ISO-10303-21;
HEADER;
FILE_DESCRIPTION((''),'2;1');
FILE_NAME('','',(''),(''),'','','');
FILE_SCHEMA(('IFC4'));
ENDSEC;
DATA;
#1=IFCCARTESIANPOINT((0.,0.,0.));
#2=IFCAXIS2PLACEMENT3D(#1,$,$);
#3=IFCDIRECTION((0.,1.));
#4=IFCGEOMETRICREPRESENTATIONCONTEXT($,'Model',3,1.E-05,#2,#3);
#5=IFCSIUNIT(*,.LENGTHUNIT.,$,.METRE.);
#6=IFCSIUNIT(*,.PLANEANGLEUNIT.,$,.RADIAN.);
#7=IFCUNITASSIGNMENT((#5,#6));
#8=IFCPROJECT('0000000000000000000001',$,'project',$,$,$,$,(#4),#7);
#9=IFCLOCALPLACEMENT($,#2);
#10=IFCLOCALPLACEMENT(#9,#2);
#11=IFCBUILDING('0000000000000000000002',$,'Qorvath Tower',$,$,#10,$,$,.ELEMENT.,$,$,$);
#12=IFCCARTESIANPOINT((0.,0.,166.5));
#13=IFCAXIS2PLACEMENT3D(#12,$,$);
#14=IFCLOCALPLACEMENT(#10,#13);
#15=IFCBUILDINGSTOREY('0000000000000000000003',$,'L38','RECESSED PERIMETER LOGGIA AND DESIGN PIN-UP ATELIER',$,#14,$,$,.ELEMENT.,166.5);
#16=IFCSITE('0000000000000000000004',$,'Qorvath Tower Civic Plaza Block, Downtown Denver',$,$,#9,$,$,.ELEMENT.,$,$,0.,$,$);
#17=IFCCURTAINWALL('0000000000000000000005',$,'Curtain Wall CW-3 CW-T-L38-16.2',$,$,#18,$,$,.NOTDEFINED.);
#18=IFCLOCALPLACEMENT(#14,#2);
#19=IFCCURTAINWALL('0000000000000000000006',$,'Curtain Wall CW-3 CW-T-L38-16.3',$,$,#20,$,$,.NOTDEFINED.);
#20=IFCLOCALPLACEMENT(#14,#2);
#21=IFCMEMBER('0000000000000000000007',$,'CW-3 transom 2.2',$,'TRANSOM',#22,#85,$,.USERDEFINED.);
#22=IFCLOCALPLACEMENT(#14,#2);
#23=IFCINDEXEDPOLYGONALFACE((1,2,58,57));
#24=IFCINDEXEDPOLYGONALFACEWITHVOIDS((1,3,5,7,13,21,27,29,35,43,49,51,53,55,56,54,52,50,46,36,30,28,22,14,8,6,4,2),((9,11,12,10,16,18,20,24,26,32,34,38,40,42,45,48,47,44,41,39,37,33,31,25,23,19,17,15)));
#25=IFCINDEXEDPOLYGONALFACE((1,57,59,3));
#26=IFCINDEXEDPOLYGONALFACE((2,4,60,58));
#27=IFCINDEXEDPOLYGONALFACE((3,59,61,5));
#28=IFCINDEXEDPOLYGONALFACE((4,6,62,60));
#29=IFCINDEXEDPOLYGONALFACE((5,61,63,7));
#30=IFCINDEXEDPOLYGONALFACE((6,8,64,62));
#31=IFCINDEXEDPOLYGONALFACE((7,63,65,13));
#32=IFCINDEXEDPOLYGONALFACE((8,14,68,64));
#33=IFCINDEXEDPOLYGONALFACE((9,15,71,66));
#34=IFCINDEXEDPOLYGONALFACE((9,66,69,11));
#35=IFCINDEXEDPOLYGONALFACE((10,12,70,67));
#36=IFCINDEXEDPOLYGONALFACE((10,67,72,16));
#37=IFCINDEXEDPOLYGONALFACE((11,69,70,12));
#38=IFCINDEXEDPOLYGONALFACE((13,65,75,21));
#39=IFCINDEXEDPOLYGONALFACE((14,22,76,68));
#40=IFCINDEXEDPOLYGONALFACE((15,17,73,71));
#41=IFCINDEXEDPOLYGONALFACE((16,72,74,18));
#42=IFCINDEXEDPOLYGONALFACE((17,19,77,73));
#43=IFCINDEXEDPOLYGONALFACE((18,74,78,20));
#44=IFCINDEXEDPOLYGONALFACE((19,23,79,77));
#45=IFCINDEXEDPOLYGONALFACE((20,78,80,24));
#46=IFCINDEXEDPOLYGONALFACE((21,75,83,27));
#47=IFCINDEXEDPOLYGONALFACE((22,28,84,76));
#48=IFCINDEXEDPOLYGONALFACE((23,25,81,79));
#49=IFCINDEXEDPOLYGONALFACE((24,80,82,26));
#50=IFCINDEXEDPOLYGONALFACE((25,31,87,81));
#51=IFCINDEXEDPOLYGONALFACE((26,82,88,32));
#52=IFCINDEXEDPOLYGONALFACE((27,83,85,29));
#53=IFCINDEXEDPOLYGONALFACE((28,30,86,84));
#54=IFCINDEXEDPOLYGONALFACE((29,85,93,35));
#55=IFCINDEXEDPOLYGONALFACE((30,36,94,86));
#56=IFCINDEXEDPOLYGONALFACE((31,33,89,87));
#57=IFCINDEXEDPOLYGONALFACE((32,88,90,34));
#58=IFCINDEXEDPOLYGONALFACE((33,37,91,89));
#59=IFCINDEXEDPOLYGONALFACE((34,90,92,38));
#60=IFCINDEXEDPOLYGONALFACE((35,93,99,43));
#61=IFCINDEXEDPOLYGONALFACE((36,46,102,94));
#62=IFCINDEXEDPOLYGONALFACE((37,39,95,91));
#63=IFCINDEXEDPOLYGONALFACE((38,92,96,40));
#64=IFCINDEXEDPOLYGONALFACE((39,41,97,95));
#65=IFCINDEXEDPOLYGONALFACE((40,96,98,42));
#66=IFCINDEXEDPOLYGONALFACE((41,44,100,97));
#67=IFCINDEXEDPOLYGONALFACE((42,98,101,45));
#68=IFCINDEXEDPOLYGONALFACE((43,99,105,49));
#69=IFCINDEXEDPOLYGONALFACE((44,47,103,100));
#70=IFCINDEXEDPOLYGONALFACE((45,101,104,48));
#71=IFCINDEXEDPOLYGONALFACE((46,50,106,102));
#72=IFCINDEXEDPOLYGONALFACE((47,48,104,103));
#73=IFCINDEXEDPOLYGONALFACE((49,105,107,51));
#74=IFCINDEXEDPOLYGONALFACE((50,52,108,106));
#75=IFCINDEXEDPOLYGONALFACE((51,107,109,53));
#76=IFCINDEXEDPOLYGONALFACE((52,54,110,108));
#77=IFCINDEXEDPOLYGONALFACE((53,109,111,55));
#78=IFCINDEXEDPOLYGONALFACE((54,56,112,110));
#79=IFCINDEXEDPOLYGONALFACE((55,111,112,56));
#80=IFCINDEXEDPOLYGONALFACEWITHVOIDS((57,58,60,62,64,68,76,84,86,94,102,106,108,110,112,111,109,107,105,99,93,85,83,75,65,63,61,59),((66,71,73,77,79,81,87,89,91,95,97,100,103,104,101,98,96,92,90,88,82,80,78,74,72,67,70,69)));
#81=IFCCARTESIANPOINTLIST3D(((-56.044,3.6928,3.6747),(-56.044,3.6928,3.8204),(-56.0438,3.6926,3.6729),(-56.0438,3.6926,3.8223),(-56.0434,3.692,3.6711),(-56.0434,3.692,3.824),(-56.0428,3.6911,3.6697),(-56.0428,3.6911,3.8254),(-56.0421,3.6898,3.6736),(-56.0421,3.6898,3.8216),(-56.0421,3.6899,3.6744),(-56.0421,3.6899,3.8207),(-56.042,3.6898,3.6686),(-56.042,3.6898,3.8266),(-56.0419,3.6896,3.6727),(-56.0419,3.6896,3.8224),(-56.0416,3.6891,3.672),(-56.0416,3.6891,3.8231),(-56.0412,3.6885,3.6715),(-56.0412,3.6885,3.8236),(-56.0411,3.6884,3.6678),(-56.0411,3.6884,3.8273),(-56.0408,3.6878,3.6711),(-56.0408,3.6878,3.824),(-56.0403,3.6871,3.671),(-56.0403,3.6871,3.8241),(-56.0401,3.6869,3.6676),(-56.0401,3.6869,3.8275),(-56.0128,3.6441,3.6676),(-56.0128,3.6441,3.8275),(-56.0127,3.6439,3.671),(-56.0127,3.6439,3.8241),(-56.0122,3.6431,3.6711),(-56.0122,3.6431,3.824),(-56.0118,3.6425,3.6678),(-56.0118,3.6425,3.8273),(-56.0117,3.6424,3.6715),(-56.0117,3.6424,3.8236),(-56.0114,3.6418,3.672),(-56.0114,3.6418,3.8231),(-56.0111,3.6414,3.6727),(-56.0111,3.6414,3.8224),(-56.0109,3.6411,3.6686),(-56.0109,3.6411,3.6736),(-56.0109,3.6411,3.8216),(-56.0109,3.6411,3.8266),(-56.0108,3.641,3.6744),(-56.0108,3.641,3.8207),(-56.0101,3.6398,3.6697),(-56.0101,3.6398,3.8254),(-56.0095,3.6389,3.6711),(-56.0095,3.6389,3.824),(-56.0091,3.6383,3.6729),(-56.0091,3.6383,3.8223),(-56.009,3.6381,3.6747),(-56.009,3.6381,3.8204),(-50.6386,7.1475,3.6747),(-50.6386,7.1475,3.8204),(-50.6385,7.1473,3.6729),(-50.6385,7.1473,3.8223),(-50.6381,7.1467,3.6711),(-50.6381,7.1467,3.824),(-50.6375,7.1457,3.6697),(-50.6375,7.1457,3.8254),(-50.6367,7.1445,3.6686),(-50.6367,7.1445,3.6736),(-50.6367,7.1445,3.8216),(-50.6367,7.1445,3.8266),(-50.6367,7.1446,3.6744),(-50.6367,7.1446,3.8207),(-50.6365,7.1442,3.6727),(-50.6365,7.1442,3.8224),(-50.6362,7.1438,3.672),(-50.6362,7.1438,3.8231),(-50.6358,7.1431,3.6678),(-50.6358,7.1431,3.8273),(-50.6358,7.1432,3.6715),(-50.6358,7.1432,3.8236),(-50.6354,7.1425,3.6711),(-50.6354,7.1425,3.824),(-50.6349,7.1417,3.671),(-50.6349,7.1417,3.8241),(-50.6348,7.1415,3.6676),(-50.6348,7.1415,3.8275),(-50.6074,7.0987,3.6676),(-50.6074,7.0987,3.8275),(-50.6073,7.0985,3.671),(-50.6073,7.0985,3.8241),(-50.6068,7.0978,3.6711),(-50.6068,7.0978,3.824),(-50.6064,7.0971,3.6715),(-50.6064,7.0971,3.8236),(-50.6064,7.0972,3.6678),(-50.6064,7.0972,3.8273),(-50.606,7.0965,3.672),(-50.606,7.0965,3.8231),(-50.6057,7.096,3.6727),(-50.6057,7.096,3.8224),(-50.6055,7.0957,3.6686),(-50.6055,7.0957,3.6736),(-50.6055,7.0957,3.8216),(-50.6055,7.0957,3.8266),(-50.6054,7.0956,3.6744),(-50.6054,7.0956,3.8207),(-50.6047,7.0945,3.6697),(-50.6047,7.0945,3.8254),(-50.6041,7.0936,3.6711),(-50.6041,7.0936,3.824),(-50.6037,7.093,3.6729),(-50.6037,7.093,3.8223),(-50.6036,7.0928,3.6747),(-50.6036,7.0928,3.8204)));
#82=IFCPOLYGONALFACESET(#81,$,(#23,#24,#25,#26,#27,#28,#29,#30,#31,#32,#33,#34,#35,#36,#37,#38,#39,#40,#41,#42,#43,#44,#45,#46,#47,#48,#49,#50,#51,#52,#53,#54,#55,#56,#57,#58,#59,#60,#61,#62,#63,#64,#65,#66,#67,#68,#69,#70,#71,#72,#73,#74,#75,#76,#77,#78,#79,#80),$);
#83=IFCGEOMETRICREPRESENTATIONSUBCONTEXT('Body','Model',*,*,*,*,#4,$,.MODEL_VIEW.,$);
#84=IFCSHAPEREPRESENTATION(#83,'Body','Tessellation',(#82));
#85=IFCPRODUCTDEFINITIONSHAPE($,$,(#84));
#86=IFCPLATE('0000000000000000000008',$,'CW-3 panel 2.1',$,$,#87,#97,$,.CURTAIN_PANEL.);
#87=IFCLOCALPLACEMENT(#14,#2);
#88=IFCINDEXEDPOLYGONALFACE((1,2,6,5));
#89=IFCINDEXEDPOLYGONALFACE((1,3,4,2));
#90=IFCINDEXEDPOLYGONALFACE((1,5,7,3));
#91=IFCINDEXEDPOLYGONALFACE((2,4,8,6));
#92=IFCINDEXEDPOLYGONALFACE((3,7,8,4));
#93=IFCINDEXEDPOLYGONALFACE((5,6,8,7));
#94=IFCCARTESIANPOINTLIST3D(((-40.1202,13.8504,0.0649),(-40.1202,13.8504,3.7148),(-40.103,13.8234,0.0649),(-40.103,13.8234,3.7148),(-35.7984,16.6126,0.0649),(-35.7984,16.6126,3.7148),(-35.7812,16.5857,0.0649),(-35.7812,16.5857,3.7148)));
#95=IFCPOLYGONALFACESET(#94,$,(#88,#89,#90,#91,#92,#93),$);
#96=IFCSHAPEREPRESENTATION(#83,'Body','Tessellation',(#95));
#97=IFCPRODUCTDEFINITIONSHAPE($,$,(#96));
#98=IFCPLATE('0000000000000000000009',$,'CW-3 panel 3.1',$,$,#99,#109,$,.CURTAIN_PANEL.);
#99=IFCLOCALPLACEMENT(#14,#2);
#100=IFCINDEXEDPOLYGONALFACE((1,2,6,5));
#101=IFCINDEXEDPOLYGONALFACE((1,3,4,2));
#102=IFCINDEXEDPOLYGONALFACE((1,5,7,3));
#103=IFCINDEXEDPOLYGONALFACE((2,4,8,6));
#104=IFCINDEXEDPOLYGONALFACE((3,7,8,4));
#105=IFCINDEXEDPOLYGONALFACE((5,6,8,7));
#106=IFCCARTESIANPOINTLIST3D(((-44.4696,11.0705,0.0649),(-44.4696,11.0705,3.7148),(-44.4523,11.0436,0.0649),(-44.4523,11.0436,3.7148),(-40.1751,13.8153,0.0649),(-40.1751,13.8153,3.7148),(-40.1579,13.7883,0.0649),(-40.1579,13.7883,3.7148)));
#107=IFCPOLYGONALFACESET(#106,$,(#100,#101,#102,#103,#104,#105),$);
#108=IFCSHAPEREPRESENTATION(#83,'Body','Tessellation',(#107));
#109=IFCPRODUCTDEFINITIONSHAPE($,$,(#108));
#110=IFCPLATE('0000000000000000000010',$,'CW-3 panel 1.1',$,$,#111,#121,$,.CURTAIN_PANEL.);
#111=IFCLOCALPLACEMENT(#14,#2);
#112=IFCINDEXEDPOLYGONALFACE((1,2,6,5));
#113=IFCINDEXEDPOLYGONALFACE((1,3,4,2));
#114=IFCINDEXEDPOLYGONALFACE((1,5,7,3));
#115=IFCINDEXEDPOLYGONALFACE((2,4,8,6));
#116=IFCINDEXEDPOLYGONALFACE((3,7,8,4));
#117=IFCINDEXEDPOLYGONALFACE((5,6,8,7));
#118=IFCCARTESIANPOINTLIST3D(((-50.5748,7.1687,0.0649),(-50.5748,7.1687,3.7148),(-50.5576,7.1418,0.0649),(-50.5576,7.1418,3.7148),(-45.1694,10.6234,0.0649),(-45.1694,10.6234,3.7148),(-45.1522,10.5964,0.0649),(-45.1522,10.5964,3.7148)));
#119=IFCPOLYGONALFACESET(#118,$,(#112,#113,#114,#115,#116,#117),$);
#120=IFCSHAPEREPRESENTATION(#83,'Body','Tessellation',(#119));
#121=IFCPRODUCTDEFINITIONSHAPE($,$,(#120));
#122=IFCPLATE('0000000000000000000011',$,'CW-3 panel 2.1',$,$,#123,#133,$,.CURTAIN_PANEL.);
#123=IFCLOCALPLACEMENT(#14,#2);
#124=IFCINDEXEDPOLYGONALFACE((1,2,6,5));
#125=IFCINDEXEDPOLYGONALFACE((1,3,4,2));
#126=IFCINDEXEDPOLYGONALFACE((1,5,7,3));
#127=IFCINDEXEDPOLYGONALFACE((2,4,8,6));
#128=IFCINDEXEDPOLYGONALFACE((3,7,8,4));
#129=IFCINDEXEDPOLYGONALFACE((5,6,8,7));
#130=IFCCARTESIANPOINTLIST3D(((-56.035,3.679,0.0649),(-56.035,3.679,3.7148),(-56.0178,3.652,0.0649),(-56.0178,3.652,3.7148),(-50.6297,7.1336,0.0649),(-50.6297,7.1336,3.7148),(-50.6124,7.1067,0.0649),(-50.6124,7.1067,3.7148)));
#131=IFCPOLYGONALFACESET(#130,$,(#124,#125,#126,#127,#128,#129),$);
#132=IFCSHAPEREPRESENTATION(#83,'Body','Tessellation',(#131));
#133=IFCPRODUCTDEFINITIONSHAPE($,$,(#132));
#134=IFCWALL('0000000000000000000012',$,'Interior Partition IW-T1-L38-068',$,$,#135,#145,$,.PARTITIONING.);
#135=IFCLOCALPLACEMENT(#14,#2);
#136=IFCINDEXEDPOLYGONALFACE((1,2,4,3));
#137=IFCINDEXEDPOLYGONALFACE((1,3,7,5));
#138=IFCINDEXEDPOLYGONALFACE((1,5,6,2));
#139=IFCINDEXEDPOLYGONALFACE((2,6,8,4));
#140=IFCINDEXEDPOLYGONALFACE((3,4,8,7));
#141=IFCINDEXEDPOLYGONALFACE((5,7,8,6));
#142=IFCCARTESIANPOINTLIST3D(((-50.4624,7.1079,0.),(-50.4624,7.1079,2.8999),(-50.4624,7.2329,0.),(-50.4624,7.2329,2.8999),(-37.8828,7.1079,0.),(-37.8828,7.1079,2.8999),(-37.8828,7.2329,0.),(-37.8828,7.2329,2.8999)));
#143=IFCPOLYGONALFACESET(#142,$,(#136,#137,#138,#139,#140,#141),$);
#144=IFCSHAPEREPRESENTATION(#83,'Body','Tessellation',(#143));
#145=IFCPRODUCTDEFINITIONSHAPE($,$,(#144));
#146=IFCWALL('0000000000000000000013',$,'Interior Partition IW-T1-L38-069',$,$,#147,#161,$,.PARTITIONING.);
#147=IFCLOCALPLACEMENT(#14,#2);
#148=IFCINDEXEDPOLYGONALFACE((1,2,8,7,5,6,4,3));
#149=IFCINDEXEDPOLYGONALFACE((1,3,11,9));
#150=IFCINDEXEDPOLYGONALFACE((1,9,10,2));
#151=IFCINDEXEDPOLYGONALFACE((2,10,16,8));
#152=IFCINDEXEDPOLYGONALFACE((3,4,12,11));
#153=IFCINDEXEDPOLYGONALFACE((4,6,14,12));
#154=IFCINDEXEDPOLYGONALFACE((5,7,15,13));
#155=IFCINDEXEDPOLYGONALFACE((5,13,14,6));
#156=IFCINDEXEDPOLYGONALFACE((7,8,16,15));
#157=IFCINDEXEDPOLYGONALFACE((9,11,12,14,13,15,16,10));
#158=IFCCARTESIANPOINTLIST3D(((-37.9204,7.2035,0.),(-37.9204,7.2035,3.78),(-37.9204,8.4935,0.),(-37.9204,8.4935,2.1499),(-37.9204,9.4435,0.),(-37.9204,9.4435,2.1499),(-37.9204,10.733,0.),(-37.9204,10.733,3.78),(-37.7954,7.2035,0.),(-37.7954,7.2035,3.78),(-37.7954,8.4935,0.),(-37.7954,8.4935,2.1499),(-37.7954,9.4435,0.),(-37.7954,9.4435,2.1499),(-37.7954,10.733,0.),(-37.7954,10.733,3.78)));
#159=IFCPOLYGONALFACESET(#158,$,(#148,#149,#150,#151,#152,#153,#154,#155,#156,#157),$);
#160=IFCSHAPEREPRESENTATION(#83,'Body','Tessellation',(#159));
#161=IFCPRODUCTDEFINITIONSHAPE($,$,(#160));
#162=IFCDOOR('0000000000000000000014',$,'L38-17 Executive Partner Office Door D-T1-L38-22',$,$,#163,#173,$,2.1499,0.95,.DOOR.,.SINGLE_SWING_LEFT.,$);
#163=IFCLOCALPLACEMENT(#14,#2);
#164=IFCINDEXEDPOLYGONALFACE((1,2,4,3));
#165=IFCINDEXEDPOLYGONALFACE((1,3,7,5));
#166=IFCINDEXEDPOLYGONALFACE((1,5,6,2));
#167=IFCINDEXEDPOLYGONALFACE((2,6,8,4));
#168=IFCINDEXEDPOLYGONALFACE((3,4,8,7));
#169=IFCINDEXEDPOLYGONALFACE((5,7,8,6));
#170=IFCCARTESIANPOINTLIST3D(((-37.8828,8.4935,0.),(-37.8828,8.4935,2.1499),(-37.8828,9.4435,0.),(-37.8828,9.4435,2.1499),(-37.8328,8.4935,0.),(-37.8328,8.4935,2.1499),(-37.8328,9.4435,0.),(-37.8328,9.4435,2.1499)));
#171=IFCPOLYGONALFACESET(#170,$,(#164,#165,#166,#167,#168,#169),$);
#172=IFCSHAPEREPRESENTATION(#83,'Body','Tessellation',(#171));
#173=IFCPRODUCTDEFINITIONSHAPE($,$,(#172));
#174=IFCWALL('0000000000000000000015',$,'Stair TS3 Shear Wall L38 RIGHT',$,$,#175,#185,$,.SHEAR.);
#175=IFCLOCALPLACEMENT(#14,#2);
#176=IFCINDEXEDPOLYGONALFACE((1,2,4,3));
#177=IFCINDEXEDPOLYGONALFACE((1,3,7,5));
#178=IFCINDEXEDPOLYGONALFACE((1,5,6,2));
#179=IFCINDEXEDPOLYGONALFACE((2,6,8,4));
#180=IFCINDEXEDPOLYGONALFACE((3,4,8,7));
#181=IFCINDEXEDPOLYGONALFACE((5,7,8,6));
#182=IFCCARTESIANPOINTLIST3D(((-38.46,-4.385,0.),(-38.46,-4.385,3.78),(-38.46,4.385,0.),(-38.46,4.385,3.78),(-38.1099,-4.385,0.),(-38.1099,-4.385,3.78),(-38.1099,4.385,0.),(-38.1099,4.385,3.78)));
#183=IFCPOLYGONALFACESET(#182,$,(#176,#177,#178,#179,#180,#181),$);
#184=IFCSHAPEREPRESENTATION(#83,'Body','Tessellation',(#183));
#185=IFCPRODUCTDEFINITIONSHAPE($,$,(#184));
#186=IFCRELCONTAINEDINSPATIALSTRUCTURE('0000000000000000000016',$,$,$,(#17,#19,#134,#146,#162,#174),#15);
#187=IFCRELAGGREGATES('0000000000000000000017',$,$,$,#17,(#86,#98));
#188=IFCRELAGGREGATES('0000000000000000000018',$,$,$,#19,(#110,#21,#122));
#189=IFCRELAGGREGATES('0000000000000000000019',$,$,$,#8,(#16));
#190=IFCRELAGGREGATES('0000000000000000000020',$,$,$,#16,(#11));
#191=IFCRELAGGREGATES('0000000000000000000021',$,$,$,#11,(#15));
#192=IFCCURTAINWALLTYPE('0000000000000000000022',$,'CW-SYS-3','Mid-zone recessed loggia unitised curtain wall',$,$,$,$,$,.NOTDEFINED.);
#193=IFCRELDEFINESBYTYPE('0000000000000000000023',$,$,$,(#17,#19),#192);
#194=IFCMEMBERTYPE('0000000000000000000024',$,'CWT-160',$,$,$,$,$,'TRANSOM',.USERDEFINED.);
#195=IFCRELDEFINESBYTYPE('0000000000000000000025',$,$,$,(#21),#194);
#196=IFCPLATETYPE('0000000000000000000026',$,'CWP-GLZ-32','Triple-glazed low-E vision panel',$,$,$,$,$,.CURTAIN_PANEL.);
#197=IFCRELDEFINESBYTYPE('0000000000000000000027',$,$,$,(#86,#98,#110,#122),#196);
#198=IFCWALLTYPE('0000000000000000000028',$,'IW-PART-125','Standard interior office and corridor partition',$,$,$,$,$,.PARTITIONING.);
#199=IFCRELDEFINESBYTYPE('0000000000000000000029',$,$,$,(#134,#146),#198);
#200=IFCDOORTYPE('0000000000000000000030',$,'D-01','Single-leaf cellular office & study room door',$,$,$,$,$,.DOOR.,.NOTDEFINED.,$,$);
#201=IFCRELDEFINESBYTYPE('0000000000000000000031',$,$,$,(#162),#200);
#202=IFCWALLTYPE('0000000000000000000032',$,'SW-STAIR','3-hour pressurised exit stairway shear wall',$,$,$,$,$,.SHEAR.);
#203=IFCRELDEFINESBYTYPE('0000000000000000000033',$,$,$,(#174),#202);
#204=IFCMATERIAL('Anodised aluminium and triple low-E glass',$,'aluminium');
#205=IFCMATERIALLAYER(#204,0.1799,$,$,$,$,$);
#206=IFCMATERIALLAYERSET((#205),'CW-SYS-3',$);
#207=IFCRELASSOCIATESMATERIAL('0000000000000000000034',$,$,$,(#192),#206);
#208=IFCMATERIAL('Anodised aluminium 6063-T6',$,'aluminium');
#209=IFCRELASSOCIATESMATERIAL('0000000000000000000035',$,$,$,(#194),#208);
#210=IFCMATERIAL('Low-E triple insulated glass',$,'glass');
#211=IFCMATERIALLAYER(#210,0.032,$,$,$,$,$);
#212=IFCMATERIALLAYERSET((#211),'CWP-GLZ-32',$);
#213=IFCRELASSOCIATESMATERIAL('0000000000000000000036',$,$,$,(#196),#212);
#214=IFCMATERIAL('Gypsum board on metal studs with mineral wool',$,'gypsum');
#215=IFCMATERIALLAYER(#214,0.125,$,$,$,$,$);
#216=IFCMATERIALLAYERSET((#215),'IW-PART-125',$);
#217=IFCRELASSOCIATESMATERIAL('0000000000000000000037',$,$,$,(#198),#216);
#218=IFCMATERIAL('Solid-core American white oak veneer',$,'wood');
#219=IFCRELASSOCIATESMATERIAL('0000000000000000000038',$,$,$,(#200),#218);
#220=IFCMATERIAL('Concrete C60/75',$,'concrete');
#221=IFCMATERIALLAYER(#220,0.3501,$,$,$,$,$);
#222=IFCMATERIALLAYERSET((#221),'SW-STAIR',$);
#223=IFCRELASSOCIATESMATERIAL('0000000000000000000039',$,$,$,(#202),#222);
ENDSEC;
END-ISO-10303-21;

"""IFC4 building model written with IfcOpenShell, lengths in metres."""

from ifc_helpers import new_model, si_unit, direction, frame, frame_2d, origin, origin_2d, place, context, subcontext, project, spatial, rectangle, hollow_rectangle, extrude, material, layer, layer_set, material_profile, profile_set, type_object, element, fill, aggregate, save


model = new_model("IFC4")

# Units and contexts
model_context = context("Model", 3, precision=1e-05, world=origin(), true_north=direction((0.0, 1.0)))
body_context = subcontext(model_context, "Body", "Model", "MODEL_VIEW")
ifc_project = project(units=[si_unit("LENGTHUNIT", "METRE"), si_unit("PLANEANGLEUNIT", "RADIAN")], contexts=[model_context])

# Site, building, storey
site_placement = place(None, origin())
site = spatial("IfcSite", under=ifc_project, at=site_placement, Name="Qorvath Tower Civic Plaza Block, Downtown Denver", CompositionType="ELEMENT", RefElevation=0.0)
building_placement = place(site_placement, origin())
building = spatial("IfcBuilding", under=site, at=building_placement, Name="Qorvath Tower", CompositionType="ELEMENT")
storey_placement = place(building_placement, frame((0.0, 0.0, 166.5)))
storey = spatial("IfcBuildingStorey", under=building, at=storey_placement, Name="L38", Description="RECESSED PERIMETER LOGGIA AND DESIGN PIN-UP ATELIER", CompositionType="ELEMENT", Elevation=166.5)

# Curtain walls
ifc_material_1 = material(Name="Anodised aluminium and triple low-E glass", Category="aluminium")
ifc_layer_1 = layer(ifc_material_1, 0.1799)
ifc_layer_set_1 = layer_set([ifc_layer_1], Name="CW-SYS-3")
curtain_wall_type = type_object("IfcCurtainWallType", Name="CW-SYS-3", Description="Mid-zone recessed loggia unitised curtain wall", PredefinedType="NOTDEFINED", material=ifc_layer_set_1)
curtain_wall_1_placement = place(storey_placement, origin())
curtain_wall_1 = element("IfcCurtainWall", 1, at=curtain_wall_1_placement, inside=storey, type_object=curtain_wall_type, Name="Curtain Wall CW-3 CW-T-L38-16.2", PredefinedType="NOTDEFINED")
curtain_wall_2_placement = place(storey_placement, origin())
curtain_wall_2 = element("IfcCurtainWall", 2, at=curtain_wall_2_placement, inside=storey, type_object=curtain_wall_type, Name="Curtain Wall CW-3 CW-T-L38-16.3", PredefinedType="NOTDEFINED")

# Member
ifc_material_2 = material(Name="Anodised aluminium 6063-T6", Category="aluminium")
ifc_material_profile_1 = material_profile(ifc_material_2, hollow_rectangle(XDim=0.0649, YDim=0.1599, WallThickness=0.0034, InnerFilletRadius=0.0034, OuterFilletRadius=0.0071, at=origin_2d()), Name="CWT 160x65")
ifc_profile_set_1 = profile_set([ifc_material_profile_1], Name="Anodised aluminium 6063-T6")
member_type_1 = type_object("IfcMemberType", Name="CWT-160", ElementType="TRANSOM", PredefinedType="USERDEFINED", material=ifc_profile_set_1)
member_1_placement = place(storey_placement, frame((-50.6211, 7.1201, 3.7476), z_axis=(-0.84261, -0.538524, 0.0), x_axis=(0.538524, -0.84261, 0.0)))
member_1 = element("IfcMember", 3, at=member_1_placement, type_object=member_type_1, Name="CW-3 transom 2.2", ObjectType="TRANSOM", PredefinedType="USERDEFINED", context=body_context, shape_type="SweptSolid", body=[
    extrude(hollow_rectangle(XDim=0.0649, YDim=0.1599, WallThickness=0.0034, InnerFilletRadius=0.0034, OuterFilletRadius=0.0071, at=origin_2d()), origin(), (0.0, 0.0, 1.0), 6.415),
])

# Plates
ifc_material_3 = material(Name="Low-E triple insulated glass", Category="glass")
ifc_layer_2 = layer(ifc_material_3, 0.032)
ifc_layer_set_2 = layer_set([ifc_layer_2], Name="CWP-GLZ-32")
plate_type = type_object("IfcPlateType", Name="CWP-GLZ-32", Description="Triple-glazed low-E vision panel", PredefinedType="CURTAIN_PANEL", material=ifc_layer_set_2)
plate_1_placement = place(storey_placement, frame((-37.9507, 15.218, 0.0649), z_axis=(0.0, 0.0, 1.0), x_axis=(-0.842602, -0.538537, 0.0)))
plate_1 = element("IfcPlate", 4, at=plate_1_placement, type_object=plate_type, Name="CW-3 panel 2.1", PredefinedType="CURTAIN_PANEL", context=body_context, shape_type="SweptSolid", body=[
    extrude(rectangle(XDim=5.1292, YDim=0.032, at=origin_2d()), origin(), (0.0, 0.0, 1.0), 3.6499),
])
plate_2_placement = place(storey_placement, frame((-42.3137, 12.4294, 0.0649), z_axis=(0.0, 0.0, 1.0), x_axis=(-0.842602, -0.538537, 0.0)))
plate_2 = element("IfcPlate", 5, at=plate_2_placement, type_object=plate_type, Name="CW-3 panel 3.1", PredefinedType="CURTAIN_PANEL", context=body_context, shape_type="SweptSolid", body=[
    extrude(rectangle(XDim=5.0967, YDim=0.032, at=origin_2d()), origin(), (0.0, 0.0, 1.0), 3.6499),
])
aggregate(curtain_wall_1, [plate_1, plate_2])
plate_3_placement = place(storey_placement, frame((-47.8635, 8.8826, 0.0649), z_axis=(0.0, 0.0, 1.0), x_axis=(-0.842611, -0.538523, 0.0)))
plate_3 = element("IfcPlate", 6, at=plate_3_placement, type_object=plate_type, Name="CW-3 panel 1.1", PredefinedType="CURTAIN_PANEL", context=body_context, shape_type="SweptSolid", body=[
    extrude(rectangle(XDim=6.415, YDim=0.032, at=origin_2d()), origin(), (0.0, 0.0, 1.0), 3.6499),
])
plate_4_placement = place(storey_placement, frame((-53.3237, 5.3928, 0.0649), z_axis=(0.0, 0.0, 1.0), x_axis=(-0.842611, -0.538523, 0.0)))
plate_4 = element("IfcPlate", 7, at=plate_4_placement, type_object=plate_type, Name="CW-3 panel 2.1", PredefinedType="CURTAIN_PANEL", context=body_context, shape_type="SweptSolid", body=[
    extrude(rectangle(XDim=6.415, YDim=0.032, at=origin_2d()), origin(), (0.0, 0.0, 1.0), 3.6499),
])
aggregate(curtain_wall_2, [plate_3, member_1, plate_4])

# Shared definitions
ifc_material_4 = material(Name="Gypsum board on metal studs with mineral wool", Category="gypsum")
ifc_layer_3 = layer(ifc_material_4, 0.125)
ifc_layer_set_3 = layer_set([ifc_layer_3], Name="IW-PART-125")
wall_type_1 = type_object("IfcWallType", Name="IW-PART-125", Description="Standard interior office and corridor partition", PredefinedType="PARTITIONING", material=ifc_layer_set_3)
ifc_material_5 = material(Name="Solid-core American white oak veneer", Category="wood")
door_type = type_object("IfcDoorType", Name="D-01", Description="Single-leaf cellular office & study room door", OperationType="NOTDEFINED", PredefinedType="DOOR", material=ifc_material_5)

# Wall
wall_1_placement = place(storey_placement, frame((-37.8828, 7.1704, 0.0), z_axis=(0.0, 0.0, 1.0), x_axis=(-1.0, 0.0, 0.0)))
element("IfcWall", 8, at=wall_1_placement, inside=storey, type_object=wall_type_1, Name="Interior Partition IW-T1-L38-068", PredefinedType="PARTITIONING", context=body_context, shape_type="SweptSolid", body=[
    extrude(rectangle(XDim=12.5796, YDim=0.125, at=frame_2d((6.2898, 0.0))), origin(), (0.0, 0.0, 1.0), 2.8999),
])

# Wall, opening, door
wall_2_placement = place(storey_placement, frame((-37.8579, 7.2036, 0.0), z_axis=(0.0, 0.0, 1.0), x_axis=(0.0, 1.0, 0.0)))
wall_2 = element("IfcWall", 9, at=wall_2_placement, inside=storey, type_object=wall_type_1, Name="Interior Partition IW-T1-L38-069", PredefinedType="PARTITIONING", context=body_context, shape_type="SweptSolid", body=[
    extrude(rectangle(XDim=3.5295, YDim=0.125, at=frame_2d((1.7646, 0.0))), origin(), (0.0, 0.0, 1.0), 3.78),
])
opening_1_placement = place(wall_2_placement, frame((1.2898, 0.0, 0.0)))
opening_1 = element("IfcOpeningElement", 10, at=opening_1_placement, cuts=wall_2, PredefinedType="OPENING", context=body_context, shape_type="SweptSolid", body=[
    extrude(rectangle(XDim=0.95, YDim=2.1499, at=frame_2d((0.4751, 1.075))), frame((0.0, 0.0725, 0.0), z_axis=(0.0, -1.0, 0.0), x_axis=(1.0, 0.0, 0.0)), (0.0, 0.0, 1.0), 0.145),
])
door_1_placement = place(opening_1_placement, origin())
door_1 = element("IfcDoor", 11, at=door_1_placement, inside=storey, type_object=door_type, Name="L38-17 Executive Partner Office Door D-T1-L38-22", OperationType="SINGLE_SWING_LEFT", OverallHeight=2.1499, OverallWidth=0.95, PredefinedType="DOOR", context=body_context, shape_type="SweptSolid", body=[
    extrude(rectangle(XDim=0.95, YDim=2.1499, at=frame_2d((0.4751, 1.075))), frame((0.0, 0.0249, 0.0), z_axis=(0.0, -1.0, 0.0), x_axis=(1.0, 0.0, 0.0)), (0.0, 0.0, 1.0), 0.05),
])
fill(opening_1, door_1)

# Wall
ifc_material_6 = material(Name="Concrete C60/75", Category="concrete")
ifc_layer_4 = layer(ifc_material_6, 0.3501)
ifc_layer_set_4 = layer_set([ifc_layer_4], Name="SW-STAIR")
wall_type_2 = type_object("IfcWallType", Name="SW-STAIR", Description="3-hour pressurised exit stairway shear wall", PredefinedType="SHEAR", material=ifc_layer_set_4)
wall_3_placement = place(storey_placement, frame((-38.2849, 4.385, 0.0), z_axis=(0.0, 0.0, 1.0), x_axis=(0.0, -1.0, 0.0)))
element("IfcWall", 12, at=wall_3_placement, inside=storey, type_object=wall_type_2, Name="Stair TS3 Shear Wall L38 RIGHT", PredefinedType="SHEAR", context=body_context, shape_type="SweptSolid", body=[
    extrude(rectangle(XDim=8.77, YDim=0.3501, at=frame_2d((4.385, 0.0))), origin(), (0.0, 0.0, 1.0), 3.78),
])

save(model, "model.ifc")
